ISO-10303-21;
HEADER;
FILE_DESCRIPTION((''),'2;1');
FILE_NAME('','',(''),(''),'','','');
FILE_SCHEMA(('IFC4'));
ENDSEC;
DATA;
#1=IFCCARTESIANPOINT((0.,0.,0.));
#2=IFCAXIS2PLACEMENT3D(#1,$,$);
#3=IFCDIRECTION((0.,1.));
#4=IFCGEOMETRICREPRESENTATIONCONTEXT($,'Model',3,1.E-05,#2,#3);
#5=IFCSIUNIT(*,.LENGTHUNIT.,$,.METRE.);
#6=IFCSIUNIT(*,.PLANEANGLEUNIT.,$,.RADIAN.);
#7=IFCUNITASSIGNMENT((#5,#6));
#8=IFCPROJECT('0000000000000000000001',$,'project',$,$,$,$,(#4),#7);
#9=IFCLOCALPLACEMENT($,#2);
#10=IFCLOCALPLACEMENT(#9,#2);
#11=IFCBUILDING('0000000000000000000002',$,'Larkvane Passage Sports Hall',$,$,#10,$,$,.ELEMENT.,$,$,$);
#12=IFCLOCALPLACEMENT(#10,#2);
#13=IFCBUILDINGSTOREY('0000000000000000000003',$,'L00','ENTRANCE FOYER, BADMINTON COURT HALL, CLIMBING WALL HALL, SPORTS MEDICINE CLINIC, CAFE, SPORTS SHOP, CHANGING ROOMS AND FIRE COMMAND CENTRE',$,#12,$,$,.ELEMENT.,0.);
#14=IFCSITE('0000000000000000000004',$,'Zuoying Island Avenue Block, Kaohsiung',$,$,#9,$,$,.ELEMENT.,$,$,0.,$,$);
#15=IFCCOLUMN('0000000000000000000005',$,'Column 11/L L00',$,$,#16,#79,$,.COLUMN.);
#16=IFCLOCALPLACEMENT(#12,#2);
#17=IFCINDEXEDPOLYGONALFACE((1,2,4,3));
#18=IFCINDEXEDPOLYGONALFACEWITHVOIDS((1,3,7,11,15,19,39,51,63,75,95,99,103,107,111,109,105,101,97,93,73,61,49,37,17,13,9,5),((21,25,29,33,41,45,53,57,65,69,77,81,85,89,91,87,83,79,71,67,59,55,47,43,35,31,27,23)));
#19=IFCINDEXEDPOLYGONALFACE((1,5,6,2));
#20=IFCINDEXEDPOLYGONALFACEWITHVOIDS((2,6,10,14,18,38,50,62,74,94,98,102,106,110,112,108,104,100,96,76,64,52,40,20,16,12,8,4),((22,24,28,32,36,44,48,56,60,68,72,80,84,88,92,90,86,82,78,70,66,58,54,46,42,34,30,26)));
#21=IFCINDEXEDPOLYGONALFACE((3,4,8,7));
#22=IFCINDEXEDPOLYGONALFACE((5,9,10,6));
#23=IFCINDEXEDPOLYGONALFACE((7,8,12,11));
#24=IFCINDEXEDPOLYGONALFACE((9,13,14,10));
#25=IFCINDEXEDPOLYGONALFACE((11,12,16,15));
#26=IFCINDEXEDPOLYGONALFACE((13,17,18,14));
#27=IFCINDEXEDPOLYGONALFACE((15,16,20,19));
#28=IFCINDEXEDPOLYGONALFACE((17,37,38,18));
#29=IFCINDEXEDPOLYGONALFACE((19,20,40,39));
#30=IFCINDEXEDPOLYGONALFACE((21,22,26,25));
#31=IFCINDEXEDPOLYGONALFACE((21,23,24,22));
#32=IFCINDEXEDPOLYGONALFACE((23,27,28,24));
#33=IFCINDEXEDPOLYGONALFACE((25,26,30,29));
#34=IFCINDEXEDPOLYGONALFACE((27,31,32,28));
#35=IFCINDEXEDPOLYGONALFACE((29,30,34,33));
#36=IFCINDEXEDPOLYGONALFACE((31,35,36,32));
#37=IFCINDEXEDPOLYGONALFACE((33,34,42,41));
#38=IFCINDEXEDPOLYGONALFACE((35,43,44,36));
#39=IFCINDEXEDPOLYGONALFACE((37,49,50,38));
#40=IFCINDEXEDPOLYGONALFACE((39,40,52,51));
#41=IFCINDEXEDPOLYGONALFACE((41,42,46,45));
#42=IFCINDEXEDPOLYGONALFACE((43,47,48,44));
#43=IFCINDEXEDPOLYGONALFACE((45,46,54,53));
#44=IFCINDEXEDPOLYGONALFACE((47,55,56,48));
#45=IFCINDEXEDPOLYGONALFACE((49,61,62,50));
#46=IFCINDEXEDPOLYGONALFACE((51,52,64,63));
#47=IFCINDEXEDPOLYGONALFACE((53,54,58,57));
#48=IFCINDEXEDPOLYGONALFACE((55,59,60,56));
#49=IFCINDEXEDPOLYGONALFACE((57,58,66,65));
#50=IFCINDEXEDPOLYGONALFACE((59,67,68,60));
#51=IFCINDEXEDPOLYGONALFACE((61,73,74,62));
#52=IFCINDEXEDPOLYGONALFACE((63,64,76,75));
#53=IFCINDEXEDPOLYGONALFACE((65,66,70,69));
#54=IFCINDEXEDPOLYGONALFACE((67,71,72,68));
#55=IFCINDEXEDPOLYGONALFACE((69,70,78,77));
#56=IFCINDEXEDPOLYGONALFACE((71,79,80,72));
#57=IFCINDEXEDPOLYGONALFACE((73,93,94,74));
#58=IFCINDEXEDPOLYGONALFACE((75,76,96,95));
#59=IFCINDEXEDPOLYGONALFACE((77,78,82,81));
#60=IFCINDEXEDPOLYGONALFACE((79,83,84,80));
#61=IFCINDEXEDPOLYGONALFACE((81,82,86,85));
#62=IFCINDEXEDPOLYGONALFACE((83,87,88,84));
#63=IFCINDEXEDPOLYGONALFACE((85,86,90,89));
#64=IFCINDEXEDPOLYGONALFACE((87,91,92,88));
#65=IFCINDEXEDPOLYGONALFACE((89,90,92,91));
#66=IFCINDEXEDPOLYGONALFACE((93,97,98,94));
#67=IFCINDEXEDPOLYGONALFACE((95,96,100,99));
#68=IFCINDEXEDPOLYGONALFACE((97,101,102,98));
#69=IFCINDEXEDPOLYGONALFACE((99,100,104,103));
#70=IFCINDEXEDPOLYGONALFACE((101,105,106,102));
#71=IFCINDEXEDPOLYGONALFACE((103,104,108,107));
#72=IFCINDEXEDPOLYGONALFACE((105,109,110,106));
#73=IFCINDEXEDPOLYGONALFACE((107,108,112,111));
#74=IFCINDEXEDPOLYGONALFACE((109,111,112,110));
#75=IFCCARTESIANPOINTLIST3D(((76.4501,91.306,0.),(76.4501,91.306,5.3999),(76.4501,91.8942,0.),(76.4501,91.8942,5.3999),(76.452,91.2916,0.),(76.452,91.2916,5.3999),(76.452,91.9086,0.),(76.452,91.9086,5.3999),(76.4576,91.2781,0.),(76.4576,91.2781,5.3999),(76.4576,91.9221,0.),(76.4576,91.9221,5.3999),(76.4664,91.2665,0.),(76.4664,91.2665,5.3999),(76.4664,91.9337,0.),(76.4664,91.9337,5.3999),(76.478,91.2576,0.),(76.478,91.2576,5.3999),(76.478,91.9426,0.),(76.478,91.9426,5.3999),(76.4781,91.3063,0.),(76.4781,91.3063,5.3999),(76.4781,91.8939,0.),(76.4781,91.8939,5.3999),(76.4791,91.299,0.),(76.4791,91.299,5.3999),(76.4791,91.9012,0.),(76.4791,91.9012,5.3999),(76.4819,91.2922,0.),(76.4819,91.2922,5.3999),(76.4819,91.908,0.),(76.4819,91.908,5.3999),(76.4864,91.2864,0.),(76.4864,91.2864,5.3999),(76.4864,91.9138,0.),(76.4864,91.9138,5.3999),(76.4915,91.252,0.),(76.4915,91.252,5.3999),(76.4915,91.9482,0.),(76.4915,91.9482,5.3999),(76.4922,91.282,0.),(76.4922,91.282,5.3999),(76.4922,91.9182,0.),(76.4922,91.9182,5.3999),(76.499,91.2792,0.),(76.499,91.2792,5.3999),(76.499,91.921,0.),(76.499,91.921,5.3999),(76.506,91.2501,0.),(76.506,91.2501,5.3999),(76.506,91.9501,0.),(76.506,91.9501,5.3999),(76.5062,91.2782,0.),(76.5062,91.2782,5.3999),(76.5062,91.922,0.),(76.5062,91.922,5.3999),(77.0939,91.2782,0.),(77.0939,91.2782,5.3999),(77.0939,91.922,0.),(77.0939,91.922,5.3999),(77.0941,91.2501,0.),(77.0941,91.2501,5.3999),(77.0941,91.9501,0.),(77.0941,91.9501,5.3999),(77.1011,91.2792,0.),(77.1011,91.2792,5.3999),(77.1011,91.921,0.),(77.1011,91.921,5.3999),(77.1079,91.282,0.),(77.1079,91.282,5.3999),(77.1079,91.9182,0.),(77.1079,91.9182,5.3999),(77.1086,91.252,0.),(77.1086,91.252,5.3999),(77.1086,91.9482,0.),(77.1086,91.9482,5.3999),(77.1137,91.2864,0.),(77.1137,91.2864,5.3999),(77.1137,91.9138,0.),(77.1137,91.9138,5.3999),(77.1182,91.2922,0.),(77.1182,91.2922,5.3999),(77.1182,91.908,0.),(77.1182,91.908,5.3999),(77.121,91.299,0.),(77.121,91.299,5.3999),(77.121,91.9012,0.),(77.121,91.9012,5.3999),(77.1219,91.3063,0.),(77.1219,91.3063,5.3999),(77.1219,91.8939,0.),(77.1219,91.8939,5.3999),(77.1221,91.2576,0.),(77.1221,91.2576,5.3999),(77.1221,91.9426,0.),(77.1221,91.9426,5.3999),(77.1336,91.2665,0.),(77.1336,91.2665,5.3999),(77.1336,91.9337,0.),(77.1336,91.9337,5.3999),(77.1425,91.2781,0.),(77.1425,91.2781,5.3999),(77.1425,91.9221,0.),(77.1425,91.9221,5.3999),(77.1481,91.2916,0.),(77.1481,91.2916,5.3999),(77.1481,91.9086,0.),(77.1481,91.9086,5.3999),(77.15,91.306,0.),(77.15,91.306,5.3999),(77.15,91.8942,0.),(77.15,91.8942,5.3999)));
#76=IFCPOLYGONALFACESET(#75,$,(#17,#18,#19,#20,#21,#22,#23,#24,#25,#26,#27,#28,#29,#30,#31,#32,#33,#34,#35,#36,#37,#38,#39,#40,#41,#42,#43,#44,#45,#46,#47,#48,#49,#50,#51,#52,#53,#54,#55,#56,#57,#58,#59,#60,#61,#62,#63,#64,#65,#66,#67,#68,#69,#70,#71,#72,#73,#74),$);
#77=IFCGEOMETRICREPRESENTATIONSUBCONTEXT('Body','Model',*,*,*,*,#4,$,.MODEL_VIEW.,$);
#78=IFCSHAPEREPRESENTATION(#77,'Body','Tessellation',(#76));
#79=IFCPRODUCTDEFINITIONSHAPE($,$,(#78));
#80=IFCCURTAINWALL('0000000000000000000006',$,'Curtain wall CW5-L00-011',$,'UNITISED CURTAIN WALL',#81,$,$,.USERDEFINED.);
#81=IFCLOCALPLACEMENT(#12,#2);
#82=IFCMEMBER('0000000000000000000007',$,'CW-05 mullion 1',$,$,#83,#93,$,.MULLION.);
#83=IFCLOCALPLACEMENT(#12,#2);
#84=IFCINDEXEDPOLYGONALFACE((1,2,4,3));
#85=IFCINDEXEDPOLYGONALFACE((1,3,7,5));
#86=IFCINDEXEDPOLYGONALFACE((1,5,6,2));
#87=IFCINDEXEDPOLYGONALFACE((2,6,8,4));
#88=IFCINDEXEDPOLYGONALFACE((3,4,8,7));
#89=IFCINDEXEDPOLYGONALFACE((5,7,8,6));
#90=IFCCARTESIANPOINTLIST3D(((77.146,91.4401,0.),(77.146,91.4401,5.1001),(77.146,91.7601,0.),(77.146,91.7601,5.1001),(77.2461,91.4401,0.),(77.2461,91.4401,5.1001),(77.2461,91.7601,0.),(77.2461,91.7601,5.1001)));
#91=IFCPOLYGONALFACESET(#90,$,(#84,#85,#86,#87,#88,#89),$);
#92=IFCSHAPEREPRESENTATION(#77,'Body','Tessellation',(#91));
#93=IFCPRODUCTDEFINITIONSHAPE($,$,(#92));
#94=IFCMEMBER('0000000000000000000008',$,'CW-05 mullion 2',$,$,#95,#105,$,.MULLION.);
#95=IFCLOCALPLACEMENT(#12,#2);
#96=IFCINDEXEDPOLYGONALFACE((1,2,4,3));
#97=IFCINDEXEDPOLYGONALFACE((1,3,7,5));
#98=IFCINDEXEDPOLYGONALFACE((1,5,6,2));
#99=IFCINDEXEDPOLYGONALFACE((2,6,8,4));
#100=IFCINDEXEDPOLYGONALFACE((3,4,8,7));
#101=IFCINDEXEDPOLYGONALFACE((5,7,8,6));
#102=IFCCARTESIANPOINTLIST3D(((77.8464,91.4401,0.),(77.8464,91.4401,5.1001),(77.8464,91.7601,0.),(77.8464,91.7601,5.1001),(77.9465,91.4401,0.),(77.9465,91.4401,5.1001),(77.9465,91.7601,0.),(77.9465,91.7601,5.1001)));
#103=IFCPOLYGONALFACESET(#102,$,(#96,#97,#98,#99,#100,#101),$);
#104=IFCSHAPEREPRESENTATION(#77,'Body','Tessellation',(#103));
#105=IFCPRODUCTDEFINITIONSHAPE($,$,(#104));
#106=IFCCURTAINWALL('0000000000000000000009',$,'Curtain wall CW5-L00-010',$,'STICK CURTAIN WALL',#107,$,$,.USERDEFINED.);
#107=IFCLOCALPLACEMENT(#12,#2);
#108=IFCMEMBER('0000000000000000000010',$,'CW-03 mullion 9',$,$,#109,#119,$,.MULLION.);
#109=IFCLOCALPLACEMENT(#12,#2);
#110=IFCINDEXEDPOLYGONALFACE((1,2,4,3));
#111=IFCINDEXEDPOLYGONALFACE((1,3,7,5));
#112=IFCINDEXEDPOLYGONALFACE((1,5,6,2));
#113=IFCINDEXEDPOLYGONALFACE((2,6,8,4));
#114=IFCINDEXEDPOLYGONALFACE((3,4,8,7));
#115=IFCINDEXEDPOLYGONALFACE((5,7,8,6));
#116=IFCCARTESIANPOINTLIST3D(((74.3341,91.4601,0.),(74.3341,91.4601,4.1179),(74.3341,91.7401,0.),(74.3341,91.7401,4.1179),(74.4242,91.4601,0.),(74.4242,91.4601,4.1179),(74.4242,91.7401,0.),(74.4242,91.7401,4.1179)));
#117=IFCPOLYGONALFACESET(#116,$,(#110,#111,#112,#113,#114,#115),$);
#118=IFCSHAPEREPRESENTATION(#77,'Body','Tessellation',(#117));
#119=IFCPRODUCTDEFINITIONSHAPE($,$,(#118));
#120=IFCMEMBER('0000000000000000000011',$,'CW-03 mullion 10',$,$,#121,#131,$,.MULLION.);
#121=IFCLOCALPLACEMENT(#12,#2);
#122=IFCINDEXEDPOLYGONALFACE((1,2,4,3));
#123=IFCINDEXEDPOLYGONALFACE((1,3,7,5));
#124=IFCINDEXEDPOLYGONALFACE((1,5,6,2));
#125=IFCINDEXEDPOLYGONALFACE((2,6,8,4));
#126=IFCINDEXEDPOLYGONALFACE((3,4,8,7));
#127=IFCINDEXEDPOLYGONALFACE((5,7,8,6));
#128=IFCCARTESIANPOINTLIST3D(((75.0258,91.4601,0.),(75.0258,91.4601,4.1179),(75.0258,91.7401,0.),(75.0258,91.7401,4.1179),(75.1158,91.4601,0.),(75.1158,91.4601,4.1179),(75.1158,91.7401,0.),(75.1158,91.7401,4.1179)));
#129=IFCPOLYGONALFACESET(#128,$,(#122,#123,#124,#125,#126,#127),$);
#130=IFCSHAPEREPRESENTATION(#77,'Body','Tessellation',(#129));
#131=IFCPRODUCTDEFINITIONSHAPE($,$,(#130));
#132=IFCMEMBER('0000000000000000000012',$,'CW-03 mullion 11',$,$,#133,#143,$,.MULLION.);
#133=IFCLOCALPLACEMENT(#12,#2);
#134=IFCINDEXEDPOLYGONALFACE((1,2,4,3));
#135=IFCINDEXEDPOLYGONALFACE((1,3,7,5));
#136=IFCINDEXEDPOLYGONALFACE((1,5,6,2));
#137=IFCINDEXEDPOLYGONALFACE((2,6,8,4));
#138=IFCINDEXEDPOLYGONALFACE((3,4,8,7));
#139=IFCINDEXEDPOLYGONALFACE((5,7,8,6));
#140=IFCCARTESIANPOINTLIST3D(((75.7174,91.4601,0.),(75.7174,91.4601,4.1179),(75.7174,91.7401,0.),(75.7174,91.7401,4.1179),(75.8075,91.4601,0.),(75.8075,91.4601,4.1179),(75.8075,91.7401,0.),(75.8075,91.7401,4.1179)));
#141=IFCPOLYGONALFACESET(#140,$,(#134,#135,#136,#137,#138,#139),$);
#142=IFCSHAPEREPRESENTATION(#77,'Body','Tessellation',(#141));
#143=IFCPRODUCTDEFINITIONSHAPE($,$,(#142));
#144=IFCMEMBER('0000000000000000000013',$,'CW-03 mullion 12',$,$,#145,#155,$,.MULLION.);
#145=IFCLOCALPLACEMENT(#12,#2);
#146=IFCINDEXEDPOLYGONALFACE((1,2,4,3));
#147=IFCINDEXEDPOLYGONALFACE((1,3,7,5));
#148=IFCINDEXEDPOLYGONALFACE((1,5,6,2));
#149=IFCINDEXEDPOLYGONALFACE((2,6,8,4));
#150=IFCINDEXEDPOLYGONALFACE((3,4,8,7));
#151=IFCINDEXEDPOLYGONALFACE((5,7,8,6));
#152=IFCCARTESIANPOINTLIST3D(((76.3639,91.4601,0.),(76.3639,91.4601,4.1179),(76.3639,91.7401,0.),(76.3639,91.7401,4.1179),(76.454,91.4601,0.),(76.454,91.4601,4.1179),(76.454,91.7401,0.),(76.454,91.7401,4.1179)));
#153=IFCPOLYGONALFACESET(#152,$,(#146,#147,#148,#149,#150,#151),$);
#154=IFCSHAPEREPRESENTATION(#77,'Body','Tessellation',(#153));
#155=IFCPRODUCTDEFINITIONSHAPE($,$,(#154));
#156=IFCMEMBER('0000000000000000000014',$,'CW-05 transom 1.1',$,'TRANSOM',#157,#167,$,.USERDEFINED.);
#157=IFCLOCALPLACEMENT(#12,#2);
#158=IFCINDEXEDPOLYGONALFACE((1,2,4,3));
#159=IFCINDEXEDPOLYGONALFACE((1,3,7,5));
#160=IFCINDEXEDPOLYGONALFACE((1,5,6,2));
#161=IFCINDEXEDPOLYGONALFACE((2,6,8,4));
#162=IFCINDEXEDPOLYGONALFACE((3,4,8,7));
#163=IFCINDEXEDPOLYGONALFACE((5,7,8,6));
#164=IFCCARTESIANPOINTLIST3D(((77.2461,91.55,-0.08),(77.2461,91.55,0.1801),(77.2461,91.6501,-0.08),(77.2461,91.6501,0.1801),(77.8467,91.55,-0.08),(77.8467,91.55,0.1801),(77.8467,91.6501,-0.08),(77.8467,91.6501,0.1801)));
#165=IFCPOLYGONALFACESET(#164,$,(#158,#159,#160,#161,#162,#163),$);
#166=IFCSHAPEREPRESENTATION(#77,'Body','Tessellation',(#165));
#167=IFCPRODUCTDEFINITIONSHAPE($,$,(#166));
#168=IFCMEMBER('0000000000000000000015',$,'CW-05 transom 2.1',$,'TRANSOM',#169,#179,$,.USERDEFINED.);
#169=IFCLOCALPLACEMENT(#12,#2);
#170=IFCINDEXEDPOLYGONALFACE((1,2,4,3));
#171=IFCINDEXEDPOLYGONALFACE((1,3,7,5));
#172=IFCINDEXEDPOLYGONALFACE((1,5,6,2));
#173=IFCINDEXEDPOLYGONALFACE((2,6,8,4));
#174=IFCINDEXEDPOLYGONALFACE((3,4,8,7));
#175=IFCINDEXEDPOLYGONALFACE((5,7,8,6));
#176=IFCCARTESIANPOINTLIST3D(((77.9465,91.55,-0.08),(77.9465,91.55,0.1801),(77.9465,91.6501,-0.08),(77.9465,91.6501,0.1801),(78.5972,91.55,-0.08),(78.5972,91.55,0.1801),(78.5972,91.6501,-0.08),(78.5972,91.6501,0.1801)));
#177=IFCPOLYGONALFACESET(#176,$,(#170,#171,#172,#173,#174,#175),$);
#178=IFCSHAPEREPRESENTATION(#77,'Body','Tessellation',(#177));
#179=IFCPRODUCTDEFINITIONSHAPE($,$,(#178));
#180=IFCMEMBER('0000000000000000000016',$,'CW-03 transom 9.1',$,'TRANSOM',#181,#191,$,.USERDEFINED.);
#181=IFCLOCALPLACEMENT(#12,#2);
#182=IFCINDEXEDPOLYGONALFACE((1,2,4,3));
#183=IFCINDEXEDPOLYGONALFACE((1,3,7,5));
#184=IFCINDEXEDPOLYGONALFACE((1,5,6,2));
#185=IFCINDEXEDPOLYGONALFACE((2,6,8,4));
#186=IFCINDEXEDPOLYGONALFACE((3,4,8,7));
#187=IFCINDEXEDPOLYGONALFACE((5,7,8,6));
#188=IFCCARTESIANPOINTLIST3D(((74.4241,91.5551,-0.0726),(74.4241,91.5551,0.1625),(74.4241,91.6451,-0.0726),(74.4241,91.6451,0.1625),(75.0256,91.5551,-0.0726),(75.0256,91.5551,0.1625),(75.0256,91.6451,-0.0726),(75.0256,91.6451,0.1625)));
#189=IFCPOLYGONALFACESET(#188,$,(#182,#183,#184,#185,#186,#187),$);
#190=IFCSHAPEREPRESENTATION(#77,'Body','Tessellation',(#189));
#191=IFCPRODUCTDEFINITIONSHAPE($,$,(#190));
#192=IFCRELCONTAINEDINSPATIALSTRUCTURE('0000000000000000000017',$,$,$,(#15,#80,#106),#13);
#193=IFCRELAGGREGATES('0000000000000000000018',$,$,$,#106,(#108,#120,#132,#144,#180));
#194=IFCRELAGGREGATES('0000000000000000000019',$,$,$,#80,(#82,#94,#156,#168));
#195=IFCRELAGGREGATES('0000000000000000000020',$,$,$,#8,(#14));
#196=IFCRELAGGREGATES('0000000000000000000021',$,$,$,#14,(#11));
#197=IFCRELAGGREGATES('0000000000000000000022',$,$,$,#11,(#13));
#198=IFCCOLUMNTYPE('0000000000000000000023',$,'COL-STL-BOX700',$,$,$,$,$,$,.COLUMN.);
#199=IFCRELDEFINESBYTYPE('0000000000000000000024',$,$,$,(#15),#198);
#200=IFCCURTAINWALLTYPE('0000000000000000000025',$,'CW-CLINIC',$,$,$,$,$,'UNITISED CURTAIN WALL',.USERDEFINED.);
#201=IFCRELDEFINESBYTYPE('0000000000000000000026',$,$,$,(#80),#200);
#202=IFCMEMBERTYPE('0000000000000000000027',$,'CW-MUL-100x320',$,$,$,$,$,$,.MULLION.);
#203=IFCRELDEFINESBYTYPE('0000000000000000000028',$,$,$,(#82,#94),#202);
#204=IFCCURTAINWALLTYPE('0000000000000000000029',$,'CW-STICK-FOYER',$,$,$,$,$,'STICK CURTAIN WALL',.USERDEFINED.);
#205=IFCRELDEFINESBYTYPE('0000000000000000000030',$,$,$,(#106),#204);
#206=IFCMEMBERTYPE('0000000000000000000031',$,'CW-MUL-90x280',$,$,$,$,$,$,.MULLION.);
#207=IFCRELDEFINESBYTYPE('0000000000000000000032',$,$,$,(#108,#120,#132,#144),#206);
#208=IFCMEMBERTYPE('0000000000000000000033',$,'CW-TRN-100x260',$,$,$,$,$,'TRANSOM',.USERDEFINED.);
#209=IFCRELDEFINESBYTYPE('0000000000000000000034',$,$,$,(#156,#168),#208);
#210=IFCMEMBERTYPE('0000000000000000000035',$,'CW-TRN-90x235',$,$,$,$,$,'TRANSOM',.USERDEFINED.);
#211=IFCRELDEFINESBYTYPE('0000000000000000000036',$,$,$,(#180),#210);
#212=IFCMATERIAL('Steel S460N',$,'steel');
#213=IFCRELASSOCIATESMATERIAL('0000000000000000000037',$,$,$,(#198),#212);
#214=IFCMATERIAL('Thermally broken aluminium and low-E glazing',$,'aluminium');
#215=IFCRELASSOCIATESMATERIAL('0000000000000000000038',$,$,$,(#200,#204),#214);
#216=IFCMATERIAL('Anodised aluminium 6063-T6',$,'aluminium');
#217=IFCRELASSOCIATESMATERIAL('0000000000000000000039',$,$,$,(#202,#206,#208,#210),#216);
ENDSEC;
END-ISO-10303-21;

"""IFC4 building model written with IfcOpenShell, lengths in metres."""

from ifc_helpers import new_model, si_unit, direction, frame, origin, origin_2d, place, context, subcontext, project, spatial, rectangle, hollow_rectangle, extrude, material, material_profile, profile_set, type_object, element, aggregate, save


model = new_model("IFC4")

# Units and contexts
model_context = context("Model", 3, precision=1e-05, world=origin(), true_north=direction((0.0, 1.0)))
body_context = subcontext(model_context, "Body", "Model", "MODEL_VIEW")
ifc_project = project(units=[si_unit("LENGTHUNIT", "METRE"), si_unit("PLANEANGLEUNIT", "RADIAN")], contexts=[model_context])

# Site, building, storey
site_placement = place(None, origin())
site = spatial("IfcSite", under=ifc_project, at=site_placement, Name="Zuoying Island Avenue Block, Kaohsiung", CompositionType="ELEMENT", RefElevation=0.0)
building_placement = place(site_placement, origin())
building = spatial("IfcBuilding", under=site, at=building_placement, Name="Larkvane Passage Sports Hall", CompositionType="ELEMENT")
storey_placement = place(building_placement, origin())
storey = spatial("IfcBuildingStorey", under=building, at=storey_placement, Name="L00", Description="ENTRANCE FOYER, BADMINTON COURT HALL, CLIMBING WALL HALL, SPORTS MEDICINE CLINIC, CAFE, SPORTS SHOP, CHANGING ROOMS AND FIRE COMMAND CENTRE", CompositionType="ELEMENT", Elevation=0.0)

# Column
ifc_material_1 = material(Name="Steel S460N", Category="steel")
ifc_material_profile_1 = material_profile(ifc_material_1, hollow_rectangle(XDim=0.7, YDim=0.7, WallThickness=0.0281, InnerFilletRadius=0.0281, OuterFilletRadius=0.0559, at=origin_2d()), Name="BOX-700x700x28")
ifc_profile_set_1 = profile_set([ifc_material_profile_1], Name="Steel S460N")
column_type = type_object("IfcColumnType", Name="COL-STL-BOX700", PredefinedType="COLUMN", material=ifc_profile_set_1)
column_placement = place(storey_placement, frame((76.8, 91.6001, 0.0), z_axis=(0.0, 0.0, 1.0), x_axis=(1.0, 0.0, 0.0)))
element("IfcColumn", 1, at=column_placement, inside=storey, type_object=column_type, Name="Column 11/L L00", PredefinedType="COLUMN", context=body_context, shape_type="SweptSolid", body=[
    extrude(hollow_rectangle(XDim=0.7, YDim=0.7, WallThickness=0.0281, InnerFilletRadius=0.0281, OuterFilletRadius=0.0559, at=origin_2d()), origin(), (0.0, 0.0, 1.0), 5.3999),
])

# Curtain walls, members
ifc_material_2 = material(Name="Thermally broken aluminium and low-E glazing", Category="aluminium")
curtain_wall_type_1 = type_object("IfcCurtainWallType", Name="CW-CLINIC", ElementType="UNITISED CURTAIN WALL", PredefinedType="USERDEFINED", material=ifc_material_2)
curtain_wall_1_placement = place(storey_placement, origin())
curtain_wall_1 = element("IfcCurtainWall", 2, at=curtain_wall_1_placement, inside=storey, type_object=curtain_wall_type_1, Name="Curtain wall CW5-L00-011", ObjectType="UNITISED CURTAIN WALL", PredefinedType="USERDEFINED")
ifc_material_3 = material(Name="Anodised aluminium 6063-T6", Category="aluminium")
ifc_material_profile_2 = material_profile(ifc_material_3, rectangle(XDim=0.1001, YDim=0.3201, at=origin_2d()), Name="ALU-MUL-100x320")
ifc_profile_set_2 = profile_set([ifc_material_profile_2], Name="Anodised aluminium 6063-T6")
member_type_1 = type_object("IfcMemberType", Name="CW-MUL-100x320", PredefinedType="MULLION", material=ifc_profile_set_2)
member_1_placement = place(storey_placement, frame((77.196, 91.6001, 0.0), z_axis=(0.0, 0.0, 1.0), x_axis=(1.0, 0.0, 0.0)))
member_1 = element("IfcMember", 3, at=member_1_placement, type_object=member_type_1, Name="CW-05 mullion 1", PredefinedType="MULLION", context=body_context, shape_type="SweptSolid", body=[
    extrude(rectangle(XDim=0.1001, YDim=0.3201, at=origin_2d()), origin(), (0.0, 0.0, 1.0), 5.1001),
])
member_2_placement = place(storey_placement, frame((77.8965, 91.6001, 0.0), z_axis=(0.0, 0.0, 1.0), x_axis=(1.0, 0.0, 0.0)))
member_2 = element("IfcMember", 4, at=member_2_placement, type_object=member_type_1, Name="CW-05 mullion 2", PredefinedType="MULLION", context=body_context, shape_type="SweptSolid", body=[
    extrude(rectangle(XDim=0.1001, YDim=0.3201, at=origin_2d()), origin(), (0.0, 0.0, 1.0), 5.1001),
])
curtain_wall_type_2 = type_object("IfcCurtainWallType", Name="CW-STICK-FOYER", ElementType="STICK CURTAIN WALL", PredefinedType="USERDEFINED", material=ifc_material_2)
curtain_wall_2_placement = place(storey_placement, origin())
curtain_wall_2 = element("IfcCurtainWall", 5, at=curtain_wall_2_placement, inside=storey, type_object=curtain_wall_type_2, Name="Curtain wall CW5-L00-010", ObjectType="STICK CURTAIN WALL", PredefinedType="USERDEFINED")
ifc_material_profile_3 = material_profile(ifc_material_3, rectangle(XDim=0.0901, YDim=0.28, at=origin_2d()), Name="ALU-MUL-90x280")
ifc_profile_set_3 = profile_set([ifc_material_profile_3], Name="Anodised aluminium 6063-T6")
member_type_2 = type_object("IfcMemberType", Name="CW-MUL-90x280", PredefinedType="MULLION", material=ifc_profile_set_3)
member_3_placement = place(storey_placement, frame((74.3792, 91.6001, 0.0), z_axis=(0.0, 0.0, 1.0), x_axis=(1.0, 0.0, 0.0)))
member_3 = element("IfcMember", 6, at=member_3_placement, type_object=member_type_2, Name="CW-03 mullion 9", PredefinedType="MULLION", context=body_context, shape_type="SweptSolid", body=[
    extrude(rectangle(XDim=0.0901, YDim=0.28, at=origin_2d()), origin(), (0.0, 0.0, 1.0), 4.1179),
])
member_4_placement = place(storey_placement, frame((75.0708, 91.6001, 0.0), z_axis=(0.0, 0.0, 1.0), x_axis=(1.0, 0.0, 0.0)))
member_4 = element("IfcMember", 7, at=member_4_placement, type_object=member_type_2, Name="CW-03 mullion 10", PredefinedType="MULLION", context=body_context, shape_type="SweptSolid", body=[
    extrude(rectangle(XDim=0.0901, YDim=0.28, at=origin_2d()), origin(), (0.0, 0.0, 1.0), 4.1179),
])
member_5_placement = place(storey_placement, frame((75.7625, 91.6001, 0.0), z_axis=(0.0, 0.0, 1.0), x_axis=(1.0, 0.0, 0.0)))
member_5 = element("IfcMember", 8, at=member_5_placement, type_object=member_type_2, Name="CW-03 mullion 11", PredefinedType="MULLION", context=body_context, shape_type="SweptSolid", body=[
    extrude(rectangle(XDim=0.0901, YDim=0.28, at=origin_2d()), origin(), (0.0, 0.0, 1.0), 4.1179),
])
member_6_placement = place(storey_placement, frame((76.4089, 91.6001, 0.0), z_axis=(0.0, 0.0, 1.0), x_axis=(1.0, 0.0, 0.0)))
member_6 = element("IfcMember", 9, at=member_6_placement, type_object=member_type_2, Name="CW-03 mullion 12", PredefinedType="MULLION", context=body_context, shape_type="SweptSolid", body=[
    extrude(rectangle(XDim=0.0901, YDim=0.28, at=origin_2d()), origin(), (0.0, 0.0, 1.0), 4.1179),
])

# Members
ifc_material_profile_4 = material_profile(ifc_material_3, rectangle(XDim=0.1001, YDim=0.26, at=origin_2d()), Name="ALU-TRN-100x260")
ifc_profile_set_4 = profile_set([ifc_material_profile_4], Name="Anodised aluminium 6063-T6")
member_type_3 = type_object("IfcMemberType", Name="CW-TRN-100x260", ElementType="TRANSOM", PredefinedType="USERDEFINED", material=ifc_profile_set_4)
member_7_placement = place(storey_placement, frame((77.2461, 91.6001, 0.05), z_axis=(1.0, 0.0, 0.0), x_axis=(0.0, 1.0, 0.0)))
member_7 = element("IfcMember", 10, at=member_7_placement, type_object=member_type_3, Name="CW-05 transom 1.1", ObjectType="TRANSOM", PredefinedType="USERDEFINED", context=body_context, shape_type="SweptSolid", body=[
    extrude(rectangle(XDim=0.1001, YDim=0.26, at=origin_2d()), origin(), (0.0, 0.0, 1.0), 0.6006),
])
member_8_placement = place(storey_placement, frame((77.9465, 91.6001, 0.05), z_axis=(1.0, 0.0, 0.0), x_axis=(0.0, 1.0, 0.0)))
member_8 = element("IfcMember", 11, at=member_8_placement, type_object=member_type_3, Name="CW-05 transom 2.1", ObjectType="TRANSOM", PredefinedType="USERDEFINED", context=body_context, shape_type="SweptSolid", body=[
    extrude(rectangle(XDim=0.1001, YDim=0.26, at=origin_2d()), origin(), (0.0, 0.0, 1.0), 0.6506),
])
ifc_material_profile_5 = material_profile(ifc_material_3, rectangle(XDim=0.0901, YDim=0.2351, at=origin_2d()), Name="ALU-TRN-90x235")
ifc_profile_set_5 = profile_set([ifc_material_profile_5], Name="Anodised aluminium 6063-T6")
member_type_4 = type_object("IfcMemberType", Name="CW-TRN-90x235", ElementType="TRANSOM", PredefinedType="USERDEFINED", material=ifc_profile_set_5)
member_9_placement = place(storey_placement, frame((74.4241, 91.6001, 0.0449), z_axis=(1.0, 0.0, 0.0), x_axis=(0.0, 1.0, 0.0)))
member_9 = element("IfcMember", 12, at=member_9_placement, type_object=member_type_4, Name="CW-03 transom 9.1", ObjectType="TRANSOM", PredefinedType="USERDEFINED", context=body_context, shape_type="SweptSolid", body=[
    extrude(rectangle(XDim=0.0901, YDim=0.2351, at=origin_2d()), origin(), (0.0, 0.0, 1.0), 0.6016),
])

aggregate(curtain_wall_2, [member_3, member_4, member_5, member_6, member_9])
aggregate(curtain_wall_1, [member_1, member_2, member_7, member_8])

save(model, "model.ifc")
